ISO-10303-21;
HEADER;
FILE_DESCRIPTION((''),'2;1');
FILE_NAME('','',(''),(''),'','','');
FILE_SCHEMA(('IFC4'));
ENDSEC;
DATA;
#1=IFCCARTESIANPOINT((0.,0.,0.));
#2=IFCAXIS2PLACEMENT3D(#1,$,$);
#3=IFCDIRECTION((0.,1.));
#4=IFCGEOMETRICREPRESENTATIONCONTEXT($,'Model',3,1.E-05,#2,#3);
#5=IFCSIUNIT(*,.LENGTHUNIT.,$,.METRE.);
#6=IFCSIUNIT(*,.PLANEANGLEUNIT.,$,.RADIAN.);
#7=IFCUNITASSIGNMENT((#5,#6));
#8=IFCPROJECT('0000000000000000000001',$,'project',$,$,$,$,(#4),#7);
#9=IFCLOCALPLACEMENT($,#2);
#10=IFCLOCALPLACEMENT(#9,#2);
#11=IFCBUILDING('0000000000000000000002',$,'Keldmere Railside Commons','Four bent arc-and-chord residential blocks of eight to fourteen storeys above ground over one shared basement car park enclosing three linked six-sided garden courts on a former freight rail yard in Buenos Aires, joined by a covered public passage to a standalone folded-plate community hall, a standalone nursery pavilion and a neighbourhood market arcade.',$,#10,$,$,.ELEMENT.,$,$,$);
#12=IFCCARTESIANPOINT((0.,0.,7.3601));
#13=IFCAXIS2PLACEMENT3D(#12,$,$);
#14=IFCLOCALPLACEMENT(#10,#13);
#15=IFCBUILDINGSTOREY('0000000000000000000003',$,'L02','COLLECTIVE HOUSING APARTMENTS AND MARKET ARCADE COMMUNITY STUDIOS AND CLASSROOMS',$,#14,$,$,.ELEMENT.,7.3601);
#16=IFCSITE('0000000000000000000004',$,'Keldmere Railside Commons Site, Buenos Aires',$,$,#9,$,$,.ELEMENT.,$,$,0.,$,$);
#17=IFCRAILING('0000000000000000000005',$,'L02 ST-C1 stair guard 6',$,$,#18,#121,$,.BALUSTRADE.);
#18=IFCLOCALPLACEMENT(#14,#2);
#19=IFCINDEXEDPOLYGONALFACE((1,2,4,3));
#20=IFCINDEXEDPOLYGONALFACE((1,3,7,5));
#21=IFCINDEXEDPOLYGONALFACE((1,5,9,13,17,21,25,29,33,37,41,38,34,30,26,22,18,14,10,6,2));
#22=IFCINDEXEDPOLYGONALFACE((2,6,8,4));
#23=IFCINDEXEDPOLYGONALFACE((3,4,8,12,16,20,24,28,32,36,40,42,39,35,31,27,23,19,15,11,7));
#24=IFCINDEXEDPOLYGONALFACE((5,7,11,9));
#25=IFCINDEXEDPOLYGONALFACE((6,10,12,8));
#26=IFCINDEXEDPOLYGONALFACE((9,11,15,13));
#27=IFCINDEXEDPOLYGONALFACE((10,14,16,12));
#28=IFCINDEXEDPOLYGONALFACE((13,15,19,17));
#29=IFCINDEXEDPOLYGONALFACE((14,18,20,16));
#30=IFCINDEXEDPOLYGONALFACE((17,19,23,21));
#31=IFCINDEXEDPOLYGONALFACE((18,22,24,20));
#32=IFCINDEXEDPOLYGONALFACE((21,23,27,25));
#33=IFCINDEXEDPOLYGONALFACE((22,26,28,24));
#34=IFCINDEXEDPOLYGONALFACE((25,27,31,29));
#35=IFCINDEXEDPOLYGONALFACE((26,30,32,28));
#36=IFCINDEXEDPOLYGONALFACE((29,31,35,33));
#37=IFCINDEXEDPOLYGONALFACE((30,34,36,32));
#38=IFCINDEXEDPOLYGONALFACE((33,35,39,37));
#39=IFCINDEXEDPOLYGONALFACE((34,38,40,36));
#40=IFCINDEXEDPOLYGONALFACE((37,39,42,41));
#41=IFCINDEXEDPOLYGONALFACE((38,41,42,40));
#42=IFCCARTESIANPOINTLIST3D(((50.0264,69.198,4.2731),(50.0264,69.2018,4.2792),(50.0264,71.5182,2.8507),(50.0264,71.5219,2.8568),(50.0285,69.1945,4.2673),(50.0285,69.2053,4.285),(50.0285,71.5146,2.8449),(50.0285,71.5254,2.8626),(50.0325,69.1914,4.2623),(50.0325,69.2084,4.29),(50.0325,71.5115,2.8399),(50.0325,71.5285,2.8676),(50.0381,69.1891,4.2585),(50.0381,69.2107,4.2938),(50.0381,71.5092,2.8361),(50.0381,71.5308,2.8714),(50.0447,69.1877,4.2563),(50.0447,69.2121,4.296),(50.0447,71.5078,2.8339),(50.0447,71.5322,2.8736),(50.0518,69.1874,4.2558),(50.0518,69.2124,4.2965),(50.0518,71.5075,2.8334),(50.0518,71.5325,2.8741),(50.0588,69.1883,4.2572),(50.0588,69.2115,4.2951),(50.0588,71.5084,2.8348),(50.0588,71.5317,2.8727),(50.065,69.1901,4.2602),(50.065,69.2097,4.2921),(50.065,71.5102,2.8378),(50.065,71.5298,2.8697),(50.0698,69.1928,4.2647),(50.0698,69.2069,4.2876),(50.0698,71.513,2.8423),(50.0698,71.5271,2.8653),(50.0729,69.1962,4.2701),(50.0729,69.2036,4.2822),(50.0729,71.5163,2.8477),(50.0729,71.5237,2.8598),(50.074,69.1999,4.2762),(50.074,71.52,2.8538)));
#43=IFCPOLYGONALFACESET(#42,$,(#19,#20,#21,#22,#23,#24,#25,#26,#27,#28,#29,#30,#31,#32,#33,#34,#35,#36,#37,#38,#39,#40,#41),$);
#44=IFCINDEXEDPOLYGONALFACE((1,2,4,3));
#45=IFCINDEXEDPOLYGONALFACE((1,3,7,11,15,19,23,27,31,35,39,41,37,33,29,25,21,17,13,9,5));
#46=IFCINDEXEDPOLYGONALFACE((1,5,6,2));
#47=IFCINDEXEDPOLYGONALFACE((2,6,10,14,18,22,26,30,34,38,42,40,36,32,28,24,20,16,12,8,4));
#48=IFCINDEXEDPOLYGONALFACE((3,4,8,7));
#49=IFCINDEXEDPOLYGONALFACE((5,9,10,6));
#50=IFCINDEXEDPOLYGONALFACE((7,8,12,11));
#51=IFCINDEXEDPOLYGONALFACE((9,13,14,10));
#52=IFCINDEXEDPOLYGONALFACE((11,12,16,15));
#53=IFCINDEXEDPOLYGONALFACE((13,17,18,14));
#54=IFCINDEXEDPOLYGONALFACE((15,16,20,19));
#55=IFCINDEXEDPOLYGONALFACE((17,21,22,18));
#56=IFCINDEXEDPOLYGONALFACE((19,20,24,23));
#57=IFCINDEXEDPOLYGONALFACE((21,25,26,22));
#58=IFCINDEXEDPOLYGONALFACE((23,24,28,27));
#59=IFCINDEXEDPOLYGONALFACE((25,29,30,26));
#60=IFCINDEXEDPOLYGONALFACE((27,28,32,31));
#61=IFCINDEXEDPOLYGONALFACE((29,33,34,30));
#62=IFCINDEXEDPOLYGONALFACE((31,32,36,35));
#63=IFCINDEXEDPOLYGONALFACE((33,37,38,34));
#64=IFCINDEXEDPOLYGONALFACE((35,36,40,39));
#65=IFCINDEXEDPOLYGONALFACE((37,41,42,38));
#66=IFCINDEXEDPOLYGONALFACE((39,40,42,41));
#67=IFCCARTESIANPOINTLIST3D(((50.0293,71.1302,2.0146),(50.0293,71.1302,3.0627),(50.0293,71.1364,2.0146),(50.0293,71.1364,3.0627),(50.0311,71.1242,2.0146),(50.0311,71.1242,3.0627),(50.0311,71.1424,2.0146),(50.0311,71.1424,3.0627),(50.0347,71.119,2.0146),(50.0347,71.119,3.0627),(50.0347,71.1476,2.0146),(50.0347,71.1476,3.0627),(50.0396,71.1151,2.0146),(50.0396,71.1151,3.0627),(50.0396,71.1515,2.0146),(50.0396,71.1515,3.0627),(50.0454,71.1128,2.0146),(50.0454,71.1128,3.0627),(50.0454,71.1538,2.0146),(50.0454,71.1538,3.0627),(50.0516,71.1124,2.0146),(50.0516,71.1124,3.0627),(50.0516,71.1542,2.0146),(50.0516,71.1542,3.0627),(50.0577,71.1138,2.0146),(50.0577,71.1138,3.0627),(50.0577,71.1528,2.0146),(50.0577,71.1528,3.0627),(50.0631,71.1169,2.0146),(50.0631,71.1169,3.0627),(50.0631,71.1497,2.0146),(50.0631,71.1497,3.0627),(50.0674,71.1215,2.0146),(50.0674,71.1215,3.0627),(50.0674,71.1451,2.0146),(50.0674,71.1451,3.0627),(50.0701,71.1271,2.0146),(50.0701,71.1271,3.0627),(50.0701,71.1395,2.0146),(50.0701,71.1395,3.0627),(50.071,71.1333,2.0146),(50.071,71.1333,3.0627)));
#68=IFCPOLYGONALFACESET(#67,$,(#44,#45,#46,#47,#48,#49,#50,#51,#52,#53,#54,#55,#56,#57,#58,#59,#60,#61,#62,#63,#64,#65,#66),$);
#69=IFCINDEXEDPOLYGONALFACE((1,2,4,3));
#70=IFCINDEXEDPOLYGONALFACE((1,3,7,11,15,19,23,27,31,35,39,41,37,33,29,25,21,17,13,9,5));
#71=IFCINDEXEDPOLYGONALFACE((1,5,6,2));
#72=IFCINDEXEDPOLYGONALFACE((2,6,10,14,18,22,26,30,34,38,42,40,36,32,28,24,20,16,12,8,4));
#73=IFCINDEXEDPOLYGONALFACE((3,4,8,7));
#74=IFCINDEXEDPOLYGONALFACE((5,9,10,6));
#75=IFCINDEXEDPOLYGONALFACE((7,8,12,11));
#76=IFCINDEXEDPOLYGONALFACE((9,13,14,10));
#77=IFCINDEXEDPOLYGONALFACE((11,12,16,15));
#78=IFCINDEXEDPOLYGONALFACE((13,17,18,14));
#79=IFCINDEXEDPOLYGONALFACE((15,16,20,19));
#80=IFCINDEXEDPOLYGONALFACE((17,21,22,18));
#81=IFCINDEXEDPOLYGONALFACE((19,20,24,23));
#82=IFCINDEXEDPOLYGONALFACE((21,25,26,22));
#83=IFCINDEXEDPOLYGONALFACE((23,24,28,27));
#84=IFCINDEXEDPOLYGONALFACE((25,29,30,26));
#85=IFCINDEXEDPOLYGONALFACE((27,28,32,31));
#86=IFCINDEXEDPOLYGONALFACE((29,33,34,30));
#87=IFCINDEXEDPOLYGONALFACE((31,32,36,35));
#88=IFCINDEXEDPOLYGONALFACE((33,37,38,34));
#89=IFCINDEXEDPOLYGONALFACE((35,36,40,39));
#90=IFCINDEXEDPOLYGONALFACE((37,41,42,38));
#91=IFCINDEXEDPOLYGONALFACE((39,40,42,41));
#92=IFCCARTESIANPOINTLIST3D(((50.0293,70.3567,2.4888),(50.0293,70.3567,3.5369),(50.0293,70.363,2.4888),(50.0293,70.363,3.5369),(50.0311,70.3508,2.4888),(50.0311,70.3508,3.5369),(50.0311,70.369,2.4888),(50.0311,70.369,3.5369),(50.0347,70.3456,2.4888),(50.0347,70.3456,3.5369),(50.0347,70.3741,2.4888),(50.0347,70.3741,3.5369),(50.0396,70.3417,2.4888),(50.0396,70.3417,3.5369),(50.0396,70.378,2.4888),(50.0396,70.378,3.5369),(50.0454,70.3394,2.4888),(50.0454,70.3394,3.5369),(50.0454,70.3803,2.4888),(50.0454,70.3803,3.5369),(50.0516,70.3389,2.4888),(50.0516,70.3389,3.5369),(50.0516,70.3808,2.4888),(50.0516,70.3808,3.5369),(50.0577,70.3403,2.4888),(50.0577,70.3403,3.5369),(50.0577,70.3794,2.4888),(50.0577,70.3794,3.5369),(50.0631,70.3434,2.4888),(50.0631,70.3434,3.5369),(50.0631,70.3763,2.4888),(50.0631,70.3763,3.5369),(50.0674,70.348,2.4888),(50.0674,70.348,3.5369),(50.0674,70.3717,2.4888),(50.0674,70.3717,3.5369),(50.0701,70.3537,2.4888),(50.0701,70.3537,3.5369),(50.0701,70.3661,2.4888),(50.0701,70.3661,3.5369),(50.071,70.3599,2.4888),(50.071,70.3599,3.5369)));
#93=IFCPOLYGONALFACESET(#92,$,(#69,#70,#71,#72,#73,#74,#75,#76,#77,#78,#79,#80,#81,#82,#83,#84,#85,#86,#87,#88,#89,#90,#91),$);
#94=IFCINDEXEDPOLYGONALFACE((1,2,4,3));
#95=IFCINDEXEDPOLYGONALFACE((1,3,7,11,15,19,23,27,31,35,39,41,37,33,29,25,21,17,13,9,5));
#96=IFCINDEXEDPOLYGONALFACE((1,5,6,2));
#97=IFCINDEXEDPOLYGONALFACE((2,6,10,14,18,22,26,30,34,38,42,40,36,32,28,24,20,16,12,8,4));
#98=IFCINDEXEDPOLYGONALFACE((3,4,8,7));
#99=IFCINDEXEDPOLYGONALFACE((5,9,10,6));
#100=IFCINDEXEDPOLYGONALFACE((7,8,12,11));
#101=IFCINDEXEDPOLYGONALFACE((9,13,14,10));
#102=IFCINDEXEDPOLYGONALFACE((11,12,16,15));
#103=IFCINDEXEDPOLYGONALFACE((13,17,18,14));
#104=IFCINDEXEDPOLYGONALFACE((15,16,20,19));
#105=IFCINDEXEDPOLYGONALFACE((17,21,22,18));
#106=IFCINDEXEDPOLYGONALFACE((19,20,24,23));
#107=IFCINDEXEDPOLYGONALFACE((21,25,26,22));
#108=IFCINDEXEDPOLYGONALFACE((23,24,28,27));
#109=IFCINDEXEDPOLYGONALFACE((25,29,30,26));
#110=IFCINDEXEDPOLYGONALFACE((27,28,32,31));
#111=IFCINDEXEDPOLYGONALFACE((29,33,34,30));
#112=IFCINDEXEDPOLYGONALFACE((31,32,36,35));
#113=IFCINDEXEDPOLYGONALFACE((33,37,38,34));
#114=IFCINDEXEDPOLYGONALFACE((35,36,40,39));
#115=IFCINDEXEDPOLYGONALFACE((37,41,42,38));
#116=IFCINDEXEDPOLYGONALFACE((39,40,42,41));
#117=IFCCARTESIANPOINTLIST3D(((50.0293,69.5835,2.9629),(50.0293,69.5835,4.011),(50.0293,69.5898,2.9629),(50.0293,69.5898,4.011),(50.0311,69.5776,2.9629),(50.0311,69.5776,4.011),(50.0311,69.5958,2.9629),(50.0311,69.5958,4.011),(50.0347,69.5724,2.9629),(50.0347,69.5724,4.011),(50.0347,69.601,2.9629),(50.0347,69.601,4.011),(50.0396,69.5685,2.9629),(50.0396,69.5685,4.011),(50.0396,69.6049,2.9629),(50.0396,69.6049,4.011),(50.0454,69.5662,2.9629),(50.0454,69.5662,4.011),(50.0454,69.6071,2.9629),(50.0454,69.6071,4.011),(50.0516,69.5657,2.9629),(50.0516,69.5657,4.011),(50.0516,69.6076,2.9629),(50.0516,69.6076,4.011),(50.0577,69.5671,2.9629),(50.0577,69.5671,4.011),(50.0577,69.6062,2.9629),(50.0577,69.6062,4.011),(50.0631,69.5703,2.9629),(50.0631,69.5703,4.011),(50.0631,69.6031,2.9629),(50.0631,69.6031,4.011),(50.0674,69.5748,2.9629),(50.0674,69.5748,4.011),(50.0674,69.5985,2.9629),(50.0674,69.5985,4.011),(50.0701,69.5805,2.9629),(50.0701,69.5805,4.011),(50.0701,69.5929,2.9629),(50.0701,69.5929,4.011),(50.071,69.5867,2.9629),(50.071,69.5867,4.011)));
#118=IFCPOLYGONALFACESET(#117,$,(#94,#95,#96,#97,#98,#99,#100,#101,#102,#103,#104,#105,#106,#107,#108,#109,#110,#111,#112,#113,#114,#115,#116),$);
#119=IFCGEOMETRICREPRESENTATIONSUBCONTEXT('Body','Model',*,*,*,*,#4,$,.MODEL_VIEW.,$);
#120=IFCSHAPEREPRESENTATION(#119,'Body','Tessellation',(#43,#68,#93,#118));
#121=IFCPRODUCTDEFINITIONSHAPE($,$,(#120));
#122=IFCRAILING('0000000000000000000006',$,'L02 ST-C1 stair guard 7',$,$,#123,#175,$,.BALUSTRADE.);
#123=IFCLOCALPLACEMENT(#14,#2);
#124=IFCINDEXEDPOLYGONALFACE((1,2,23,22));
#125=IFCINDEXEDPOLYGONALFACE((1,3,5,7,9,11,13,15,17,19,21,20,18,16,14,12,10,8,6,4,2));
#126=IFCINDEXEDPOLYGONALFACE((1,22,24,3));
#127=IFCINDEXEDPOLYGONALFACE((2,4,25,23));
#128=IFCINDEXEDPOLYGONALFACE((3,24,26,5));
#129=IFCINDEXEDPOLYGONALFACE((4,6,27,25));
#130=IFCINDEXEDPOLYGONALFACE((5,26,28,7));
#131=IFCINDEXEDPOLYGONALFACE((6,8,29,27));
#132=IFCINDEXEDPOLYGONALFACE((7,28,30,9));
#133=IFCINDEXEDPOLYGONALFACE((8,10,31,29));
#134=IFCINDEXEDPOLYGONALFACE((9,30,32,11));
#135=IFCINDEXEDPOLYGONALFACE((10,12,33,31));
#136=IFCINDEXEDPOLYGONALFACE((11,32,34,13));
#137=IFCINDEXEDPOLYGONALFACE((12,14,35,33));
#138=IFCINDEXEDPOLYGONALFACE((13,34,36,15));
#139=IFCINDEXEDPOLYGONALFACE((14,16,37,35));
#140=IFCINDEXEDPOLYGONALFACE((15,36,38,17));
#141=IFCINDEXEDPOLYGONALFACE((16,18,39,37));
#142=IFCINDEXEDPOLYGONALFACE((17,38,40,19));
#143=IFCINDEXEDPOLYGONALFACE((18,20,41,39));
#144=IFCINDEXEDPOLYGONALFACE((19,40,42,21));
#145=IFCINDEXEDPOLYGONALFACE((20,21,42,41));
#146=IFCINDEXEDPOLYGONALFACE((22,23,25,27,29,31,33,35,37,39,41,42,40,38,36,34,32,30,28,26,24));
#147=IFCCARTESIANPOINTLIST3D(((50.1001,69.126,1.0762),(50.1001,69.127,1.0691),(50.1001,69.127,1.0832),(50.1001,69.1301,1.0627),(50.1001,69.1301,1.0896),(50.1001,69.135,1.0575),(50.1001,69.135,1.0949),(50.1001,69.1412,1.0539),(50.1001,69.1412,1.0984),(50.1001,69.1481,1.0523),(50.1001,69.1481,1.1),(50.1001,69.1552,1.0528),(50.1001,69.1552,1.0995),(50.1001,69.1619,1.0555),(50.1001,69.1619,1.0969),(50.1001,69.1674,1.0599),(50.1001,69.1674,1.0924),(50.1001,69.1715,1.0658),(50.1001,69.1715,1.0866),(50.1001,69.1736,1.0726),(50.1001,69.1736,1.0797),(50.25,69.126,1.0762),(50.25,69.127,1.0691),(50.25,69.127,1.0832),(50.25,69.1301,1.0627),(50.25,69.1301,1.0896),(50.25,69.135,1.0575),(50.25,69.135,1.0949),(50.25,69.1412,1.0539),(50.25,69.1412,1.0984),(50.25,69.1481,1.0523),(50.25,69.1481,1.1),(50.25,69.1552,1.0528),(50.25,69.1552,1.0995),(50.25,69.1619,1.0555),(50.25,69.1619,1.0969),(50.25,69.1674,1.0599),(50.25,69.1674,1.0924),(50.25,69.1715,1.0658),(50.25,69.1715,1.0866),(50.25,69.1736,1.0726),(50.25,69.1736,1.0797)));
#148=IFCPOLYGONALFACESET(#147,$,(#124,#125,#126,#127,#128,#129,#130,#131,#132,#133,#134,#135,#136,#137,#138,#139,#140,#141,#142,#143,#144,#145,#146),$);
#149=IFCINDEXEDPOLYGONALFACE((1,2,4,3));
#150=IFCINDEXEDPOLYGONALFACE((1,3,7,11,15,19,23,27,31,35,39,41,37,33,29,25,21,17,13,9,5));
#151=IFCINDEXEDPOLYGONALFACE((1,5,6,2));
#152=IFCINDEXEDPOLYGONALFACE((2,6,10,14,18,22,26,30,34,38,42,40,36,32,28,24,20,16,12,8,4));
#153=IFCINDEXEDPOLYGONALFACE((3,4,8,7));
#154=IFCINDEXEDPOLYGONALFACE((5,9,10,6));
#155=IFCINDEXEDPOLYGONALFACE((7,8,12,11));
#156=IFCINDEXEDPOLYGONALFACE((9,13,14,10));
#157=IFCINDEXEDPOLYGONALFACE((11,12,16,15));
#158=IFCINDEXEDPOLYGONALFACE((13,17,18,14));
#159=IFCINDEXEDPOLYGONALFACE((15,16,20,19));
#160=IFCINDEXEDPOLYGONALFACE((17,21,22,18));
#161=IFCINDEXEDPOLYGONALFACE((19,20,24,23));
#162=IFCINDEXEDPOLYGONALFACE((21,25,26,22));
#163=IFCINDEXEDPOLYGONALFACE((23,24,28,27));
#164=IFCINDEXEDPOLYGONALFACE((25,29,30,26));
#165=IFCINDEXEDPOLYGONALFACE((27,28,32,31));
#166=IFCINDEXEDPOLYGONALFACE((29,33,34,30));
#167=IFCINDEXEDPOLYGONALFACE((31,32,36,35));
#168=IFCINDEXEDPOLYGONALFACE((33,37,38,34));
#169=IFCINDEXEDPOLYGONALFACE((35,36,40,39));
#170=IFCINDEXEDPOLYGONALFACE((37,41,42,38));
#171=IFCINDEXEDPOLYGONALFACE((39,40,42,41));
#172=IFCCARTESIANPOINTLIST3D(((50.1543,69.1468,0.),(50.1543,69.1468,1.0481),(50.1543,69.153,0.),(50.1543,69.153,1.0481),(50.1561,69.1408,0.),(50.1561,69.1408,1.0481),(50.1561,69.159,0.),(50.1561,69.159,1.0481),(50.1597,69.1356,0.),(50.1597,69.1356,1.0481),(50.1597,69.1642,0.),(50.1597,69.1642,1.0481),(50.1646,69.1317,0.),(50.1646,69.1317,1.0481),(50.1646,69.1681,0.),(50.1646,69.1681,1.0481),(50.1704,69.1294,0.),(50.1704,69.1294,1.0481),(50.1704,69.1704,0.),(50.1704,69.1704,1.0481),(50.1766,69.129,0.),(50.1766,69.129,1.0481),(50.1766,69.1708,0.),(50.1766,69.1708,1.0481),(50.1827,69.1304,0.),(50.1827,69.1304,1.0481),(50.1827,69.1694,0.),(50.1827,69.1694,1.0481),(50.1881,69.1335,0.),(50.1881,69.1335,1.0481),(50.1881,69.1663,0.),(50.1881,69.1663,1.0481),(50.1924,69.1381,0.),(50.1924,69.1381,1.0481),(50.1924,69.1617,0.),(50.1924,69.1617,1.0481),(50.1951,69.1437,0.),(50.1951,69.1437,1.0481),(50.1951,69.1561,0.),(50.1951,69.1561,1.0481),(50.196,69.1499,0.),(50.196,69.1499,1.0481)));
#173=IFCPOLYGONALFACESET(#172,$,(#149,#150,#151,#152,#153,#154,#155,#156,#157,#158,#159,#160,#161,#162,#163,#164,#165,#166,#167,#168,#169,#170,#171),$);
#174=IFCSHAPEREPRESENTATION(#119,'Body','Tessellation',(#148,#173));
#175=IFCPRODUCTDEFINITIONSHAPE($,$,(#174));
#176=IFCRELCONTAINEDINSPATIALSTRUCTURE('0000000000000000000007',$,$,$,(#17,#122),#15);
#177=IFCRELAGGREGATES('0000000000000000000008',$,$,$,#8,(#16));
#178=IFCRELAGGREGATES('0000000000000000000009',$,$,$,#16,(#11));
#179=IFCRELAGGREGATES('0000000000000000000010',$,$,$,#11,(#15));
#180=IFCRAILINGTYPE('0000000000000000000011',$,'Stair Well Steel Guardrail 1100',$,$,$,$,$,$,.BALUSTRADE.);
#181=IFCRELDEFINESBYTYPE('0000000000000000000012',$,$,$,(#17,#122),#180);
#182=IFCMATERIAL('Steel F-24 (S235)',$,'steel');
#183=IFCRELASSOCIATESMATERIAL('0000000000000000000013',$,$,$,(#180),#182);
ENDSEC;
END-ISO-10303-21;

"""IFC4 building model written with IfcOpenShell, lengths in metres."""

from ifc_helpers import new_model, si_unit, direction, frame, origin, origin_2d, place, context, subcontext, project, spatial, circle, extrude, material, type_object, element, save


model = new_model("IFC4")

# Units and contexts
model_context = context("Model", 3, precision=1e-05, world=origin(), true_north=direction((0.0, 1.0)))
body_context = subcontext(model_context, "Body", "Model", "MODEL_VIEW")
ifc_project = project(units=[si_unit("LENGTHUNIT", "METRE"), si_unit("PLANEANGLEUNIT", "RADIAN")], contexts=[model_context])

# Site, building, storey
site_placement = place(None, origin())
site = spatial("IfcSite", under=ifc_project, at=site_placement, Name="Keldmere Railside Commons Site, Buenos Aires", CompositionType="ELEMENT", RefElevation=0.0)
building_placement = place(site_placement, origin())
building = spatial("IfcBuilding", under=site, at=building_placement, Name="Keldmere Railside Commons", Description="Four bent arc-and-chord residential blocks of eight to fourteen storeys above ground over one shared basement car park enclosing three linked six-sided garden courts on a former freight rail yard in Buenos Aires, joined by a covered public passage to a standalone folded-plate community hall, a standalone nursery pavilion and a neighbourhood market arcade.", CompositionType="ELEMENT")
storey_placement = place(building_placement, frame((0.0, 0.0, 7.3601)))
storey = spatial("IfcBuildingStorey", under=building, at=storey_placement, Name="L02", Description="COLLECTIVE HOUSING APARTMENTS AND MARKET ARCADE COMMUNITY STUDIOS AND CLASSROOMS", CompositionType="ELEMENT", Elevation=7.3601)

# Shared definitions
ifc_material_1 = material(Name="Steel F-24 (S235)", Category="steel")

# Railings
railing_type_1 = type_object("IfcRailingType", Name="Stair Well Steel Guardrail 1100", PredefinedType="BALUSTRADE", material=ifc_material_1)
railing_1_placement = place(storey_placement, frame((50.05, 71.52, 1.7776)))
element("IfcRailing", 1, at=railing_1_placement, inside=storey, type_object=railing_type_1, Name="L02 ST-C1 stair guard 6", PredefinedType="BALUSTRADE", context=body_context, shape_type="SweptSolid", body=[
    extrude(circle(Radius=0.0239, at=origin_2d()), frame((0.0, 0.0, 1.0762), z_axis=(0.0, -0.852538, 0.522665), x_axis=(1.0, 0.0, 0.0)), (0.0, 0.0, 1.0), 2.7214),
    extrude(circle(Radius=0.021, at=origin_2d()), frame((0.0, -0.3867, 0.2371)), (0.0, 0.0, 1.0), 1.0481),
    extrude(circle(Radius=0.021, at=origin_2d()), frame((0.0, -1.1602, 0.7112)), (0.0, 0.0, 1.0), 1.0481),
    extrude(circle(Radius=0.021, at=origin_2d()), frame((0.0, -1.9333, 1.1853)), (0.0, 0.0, 1.0), 1.0481),
])
railing_2_placement = place(storey_placement, frame((50.25, 69.1499, 0.0)))
element("IfcRailing", 2, at=railing_2_placement, inside=storey, type_object=railing_type_1, Name="L02 ST-C1 stair guard 7", PredefinedType="BALUSTRADE", context=body_context, shape_type="SweptSolid", body=[
    extrude(circle(Radius=0.0239, at=origin_2d()), frame((0.0, 0.0, 1.0762), z_axis=(-1.0, 0.0, 0.0), x_axis=(0.0, -1.0, 0.0)), (0.0, 0.0, 1.0), 0.1499),
    extrude(circle(Radius=0.021, at=origin_2d()), frame((-0.075, 0.0, 0.0)), (0.0, 0.0, 1.0), 1.0481),
])

save(model, "model.ifc")
